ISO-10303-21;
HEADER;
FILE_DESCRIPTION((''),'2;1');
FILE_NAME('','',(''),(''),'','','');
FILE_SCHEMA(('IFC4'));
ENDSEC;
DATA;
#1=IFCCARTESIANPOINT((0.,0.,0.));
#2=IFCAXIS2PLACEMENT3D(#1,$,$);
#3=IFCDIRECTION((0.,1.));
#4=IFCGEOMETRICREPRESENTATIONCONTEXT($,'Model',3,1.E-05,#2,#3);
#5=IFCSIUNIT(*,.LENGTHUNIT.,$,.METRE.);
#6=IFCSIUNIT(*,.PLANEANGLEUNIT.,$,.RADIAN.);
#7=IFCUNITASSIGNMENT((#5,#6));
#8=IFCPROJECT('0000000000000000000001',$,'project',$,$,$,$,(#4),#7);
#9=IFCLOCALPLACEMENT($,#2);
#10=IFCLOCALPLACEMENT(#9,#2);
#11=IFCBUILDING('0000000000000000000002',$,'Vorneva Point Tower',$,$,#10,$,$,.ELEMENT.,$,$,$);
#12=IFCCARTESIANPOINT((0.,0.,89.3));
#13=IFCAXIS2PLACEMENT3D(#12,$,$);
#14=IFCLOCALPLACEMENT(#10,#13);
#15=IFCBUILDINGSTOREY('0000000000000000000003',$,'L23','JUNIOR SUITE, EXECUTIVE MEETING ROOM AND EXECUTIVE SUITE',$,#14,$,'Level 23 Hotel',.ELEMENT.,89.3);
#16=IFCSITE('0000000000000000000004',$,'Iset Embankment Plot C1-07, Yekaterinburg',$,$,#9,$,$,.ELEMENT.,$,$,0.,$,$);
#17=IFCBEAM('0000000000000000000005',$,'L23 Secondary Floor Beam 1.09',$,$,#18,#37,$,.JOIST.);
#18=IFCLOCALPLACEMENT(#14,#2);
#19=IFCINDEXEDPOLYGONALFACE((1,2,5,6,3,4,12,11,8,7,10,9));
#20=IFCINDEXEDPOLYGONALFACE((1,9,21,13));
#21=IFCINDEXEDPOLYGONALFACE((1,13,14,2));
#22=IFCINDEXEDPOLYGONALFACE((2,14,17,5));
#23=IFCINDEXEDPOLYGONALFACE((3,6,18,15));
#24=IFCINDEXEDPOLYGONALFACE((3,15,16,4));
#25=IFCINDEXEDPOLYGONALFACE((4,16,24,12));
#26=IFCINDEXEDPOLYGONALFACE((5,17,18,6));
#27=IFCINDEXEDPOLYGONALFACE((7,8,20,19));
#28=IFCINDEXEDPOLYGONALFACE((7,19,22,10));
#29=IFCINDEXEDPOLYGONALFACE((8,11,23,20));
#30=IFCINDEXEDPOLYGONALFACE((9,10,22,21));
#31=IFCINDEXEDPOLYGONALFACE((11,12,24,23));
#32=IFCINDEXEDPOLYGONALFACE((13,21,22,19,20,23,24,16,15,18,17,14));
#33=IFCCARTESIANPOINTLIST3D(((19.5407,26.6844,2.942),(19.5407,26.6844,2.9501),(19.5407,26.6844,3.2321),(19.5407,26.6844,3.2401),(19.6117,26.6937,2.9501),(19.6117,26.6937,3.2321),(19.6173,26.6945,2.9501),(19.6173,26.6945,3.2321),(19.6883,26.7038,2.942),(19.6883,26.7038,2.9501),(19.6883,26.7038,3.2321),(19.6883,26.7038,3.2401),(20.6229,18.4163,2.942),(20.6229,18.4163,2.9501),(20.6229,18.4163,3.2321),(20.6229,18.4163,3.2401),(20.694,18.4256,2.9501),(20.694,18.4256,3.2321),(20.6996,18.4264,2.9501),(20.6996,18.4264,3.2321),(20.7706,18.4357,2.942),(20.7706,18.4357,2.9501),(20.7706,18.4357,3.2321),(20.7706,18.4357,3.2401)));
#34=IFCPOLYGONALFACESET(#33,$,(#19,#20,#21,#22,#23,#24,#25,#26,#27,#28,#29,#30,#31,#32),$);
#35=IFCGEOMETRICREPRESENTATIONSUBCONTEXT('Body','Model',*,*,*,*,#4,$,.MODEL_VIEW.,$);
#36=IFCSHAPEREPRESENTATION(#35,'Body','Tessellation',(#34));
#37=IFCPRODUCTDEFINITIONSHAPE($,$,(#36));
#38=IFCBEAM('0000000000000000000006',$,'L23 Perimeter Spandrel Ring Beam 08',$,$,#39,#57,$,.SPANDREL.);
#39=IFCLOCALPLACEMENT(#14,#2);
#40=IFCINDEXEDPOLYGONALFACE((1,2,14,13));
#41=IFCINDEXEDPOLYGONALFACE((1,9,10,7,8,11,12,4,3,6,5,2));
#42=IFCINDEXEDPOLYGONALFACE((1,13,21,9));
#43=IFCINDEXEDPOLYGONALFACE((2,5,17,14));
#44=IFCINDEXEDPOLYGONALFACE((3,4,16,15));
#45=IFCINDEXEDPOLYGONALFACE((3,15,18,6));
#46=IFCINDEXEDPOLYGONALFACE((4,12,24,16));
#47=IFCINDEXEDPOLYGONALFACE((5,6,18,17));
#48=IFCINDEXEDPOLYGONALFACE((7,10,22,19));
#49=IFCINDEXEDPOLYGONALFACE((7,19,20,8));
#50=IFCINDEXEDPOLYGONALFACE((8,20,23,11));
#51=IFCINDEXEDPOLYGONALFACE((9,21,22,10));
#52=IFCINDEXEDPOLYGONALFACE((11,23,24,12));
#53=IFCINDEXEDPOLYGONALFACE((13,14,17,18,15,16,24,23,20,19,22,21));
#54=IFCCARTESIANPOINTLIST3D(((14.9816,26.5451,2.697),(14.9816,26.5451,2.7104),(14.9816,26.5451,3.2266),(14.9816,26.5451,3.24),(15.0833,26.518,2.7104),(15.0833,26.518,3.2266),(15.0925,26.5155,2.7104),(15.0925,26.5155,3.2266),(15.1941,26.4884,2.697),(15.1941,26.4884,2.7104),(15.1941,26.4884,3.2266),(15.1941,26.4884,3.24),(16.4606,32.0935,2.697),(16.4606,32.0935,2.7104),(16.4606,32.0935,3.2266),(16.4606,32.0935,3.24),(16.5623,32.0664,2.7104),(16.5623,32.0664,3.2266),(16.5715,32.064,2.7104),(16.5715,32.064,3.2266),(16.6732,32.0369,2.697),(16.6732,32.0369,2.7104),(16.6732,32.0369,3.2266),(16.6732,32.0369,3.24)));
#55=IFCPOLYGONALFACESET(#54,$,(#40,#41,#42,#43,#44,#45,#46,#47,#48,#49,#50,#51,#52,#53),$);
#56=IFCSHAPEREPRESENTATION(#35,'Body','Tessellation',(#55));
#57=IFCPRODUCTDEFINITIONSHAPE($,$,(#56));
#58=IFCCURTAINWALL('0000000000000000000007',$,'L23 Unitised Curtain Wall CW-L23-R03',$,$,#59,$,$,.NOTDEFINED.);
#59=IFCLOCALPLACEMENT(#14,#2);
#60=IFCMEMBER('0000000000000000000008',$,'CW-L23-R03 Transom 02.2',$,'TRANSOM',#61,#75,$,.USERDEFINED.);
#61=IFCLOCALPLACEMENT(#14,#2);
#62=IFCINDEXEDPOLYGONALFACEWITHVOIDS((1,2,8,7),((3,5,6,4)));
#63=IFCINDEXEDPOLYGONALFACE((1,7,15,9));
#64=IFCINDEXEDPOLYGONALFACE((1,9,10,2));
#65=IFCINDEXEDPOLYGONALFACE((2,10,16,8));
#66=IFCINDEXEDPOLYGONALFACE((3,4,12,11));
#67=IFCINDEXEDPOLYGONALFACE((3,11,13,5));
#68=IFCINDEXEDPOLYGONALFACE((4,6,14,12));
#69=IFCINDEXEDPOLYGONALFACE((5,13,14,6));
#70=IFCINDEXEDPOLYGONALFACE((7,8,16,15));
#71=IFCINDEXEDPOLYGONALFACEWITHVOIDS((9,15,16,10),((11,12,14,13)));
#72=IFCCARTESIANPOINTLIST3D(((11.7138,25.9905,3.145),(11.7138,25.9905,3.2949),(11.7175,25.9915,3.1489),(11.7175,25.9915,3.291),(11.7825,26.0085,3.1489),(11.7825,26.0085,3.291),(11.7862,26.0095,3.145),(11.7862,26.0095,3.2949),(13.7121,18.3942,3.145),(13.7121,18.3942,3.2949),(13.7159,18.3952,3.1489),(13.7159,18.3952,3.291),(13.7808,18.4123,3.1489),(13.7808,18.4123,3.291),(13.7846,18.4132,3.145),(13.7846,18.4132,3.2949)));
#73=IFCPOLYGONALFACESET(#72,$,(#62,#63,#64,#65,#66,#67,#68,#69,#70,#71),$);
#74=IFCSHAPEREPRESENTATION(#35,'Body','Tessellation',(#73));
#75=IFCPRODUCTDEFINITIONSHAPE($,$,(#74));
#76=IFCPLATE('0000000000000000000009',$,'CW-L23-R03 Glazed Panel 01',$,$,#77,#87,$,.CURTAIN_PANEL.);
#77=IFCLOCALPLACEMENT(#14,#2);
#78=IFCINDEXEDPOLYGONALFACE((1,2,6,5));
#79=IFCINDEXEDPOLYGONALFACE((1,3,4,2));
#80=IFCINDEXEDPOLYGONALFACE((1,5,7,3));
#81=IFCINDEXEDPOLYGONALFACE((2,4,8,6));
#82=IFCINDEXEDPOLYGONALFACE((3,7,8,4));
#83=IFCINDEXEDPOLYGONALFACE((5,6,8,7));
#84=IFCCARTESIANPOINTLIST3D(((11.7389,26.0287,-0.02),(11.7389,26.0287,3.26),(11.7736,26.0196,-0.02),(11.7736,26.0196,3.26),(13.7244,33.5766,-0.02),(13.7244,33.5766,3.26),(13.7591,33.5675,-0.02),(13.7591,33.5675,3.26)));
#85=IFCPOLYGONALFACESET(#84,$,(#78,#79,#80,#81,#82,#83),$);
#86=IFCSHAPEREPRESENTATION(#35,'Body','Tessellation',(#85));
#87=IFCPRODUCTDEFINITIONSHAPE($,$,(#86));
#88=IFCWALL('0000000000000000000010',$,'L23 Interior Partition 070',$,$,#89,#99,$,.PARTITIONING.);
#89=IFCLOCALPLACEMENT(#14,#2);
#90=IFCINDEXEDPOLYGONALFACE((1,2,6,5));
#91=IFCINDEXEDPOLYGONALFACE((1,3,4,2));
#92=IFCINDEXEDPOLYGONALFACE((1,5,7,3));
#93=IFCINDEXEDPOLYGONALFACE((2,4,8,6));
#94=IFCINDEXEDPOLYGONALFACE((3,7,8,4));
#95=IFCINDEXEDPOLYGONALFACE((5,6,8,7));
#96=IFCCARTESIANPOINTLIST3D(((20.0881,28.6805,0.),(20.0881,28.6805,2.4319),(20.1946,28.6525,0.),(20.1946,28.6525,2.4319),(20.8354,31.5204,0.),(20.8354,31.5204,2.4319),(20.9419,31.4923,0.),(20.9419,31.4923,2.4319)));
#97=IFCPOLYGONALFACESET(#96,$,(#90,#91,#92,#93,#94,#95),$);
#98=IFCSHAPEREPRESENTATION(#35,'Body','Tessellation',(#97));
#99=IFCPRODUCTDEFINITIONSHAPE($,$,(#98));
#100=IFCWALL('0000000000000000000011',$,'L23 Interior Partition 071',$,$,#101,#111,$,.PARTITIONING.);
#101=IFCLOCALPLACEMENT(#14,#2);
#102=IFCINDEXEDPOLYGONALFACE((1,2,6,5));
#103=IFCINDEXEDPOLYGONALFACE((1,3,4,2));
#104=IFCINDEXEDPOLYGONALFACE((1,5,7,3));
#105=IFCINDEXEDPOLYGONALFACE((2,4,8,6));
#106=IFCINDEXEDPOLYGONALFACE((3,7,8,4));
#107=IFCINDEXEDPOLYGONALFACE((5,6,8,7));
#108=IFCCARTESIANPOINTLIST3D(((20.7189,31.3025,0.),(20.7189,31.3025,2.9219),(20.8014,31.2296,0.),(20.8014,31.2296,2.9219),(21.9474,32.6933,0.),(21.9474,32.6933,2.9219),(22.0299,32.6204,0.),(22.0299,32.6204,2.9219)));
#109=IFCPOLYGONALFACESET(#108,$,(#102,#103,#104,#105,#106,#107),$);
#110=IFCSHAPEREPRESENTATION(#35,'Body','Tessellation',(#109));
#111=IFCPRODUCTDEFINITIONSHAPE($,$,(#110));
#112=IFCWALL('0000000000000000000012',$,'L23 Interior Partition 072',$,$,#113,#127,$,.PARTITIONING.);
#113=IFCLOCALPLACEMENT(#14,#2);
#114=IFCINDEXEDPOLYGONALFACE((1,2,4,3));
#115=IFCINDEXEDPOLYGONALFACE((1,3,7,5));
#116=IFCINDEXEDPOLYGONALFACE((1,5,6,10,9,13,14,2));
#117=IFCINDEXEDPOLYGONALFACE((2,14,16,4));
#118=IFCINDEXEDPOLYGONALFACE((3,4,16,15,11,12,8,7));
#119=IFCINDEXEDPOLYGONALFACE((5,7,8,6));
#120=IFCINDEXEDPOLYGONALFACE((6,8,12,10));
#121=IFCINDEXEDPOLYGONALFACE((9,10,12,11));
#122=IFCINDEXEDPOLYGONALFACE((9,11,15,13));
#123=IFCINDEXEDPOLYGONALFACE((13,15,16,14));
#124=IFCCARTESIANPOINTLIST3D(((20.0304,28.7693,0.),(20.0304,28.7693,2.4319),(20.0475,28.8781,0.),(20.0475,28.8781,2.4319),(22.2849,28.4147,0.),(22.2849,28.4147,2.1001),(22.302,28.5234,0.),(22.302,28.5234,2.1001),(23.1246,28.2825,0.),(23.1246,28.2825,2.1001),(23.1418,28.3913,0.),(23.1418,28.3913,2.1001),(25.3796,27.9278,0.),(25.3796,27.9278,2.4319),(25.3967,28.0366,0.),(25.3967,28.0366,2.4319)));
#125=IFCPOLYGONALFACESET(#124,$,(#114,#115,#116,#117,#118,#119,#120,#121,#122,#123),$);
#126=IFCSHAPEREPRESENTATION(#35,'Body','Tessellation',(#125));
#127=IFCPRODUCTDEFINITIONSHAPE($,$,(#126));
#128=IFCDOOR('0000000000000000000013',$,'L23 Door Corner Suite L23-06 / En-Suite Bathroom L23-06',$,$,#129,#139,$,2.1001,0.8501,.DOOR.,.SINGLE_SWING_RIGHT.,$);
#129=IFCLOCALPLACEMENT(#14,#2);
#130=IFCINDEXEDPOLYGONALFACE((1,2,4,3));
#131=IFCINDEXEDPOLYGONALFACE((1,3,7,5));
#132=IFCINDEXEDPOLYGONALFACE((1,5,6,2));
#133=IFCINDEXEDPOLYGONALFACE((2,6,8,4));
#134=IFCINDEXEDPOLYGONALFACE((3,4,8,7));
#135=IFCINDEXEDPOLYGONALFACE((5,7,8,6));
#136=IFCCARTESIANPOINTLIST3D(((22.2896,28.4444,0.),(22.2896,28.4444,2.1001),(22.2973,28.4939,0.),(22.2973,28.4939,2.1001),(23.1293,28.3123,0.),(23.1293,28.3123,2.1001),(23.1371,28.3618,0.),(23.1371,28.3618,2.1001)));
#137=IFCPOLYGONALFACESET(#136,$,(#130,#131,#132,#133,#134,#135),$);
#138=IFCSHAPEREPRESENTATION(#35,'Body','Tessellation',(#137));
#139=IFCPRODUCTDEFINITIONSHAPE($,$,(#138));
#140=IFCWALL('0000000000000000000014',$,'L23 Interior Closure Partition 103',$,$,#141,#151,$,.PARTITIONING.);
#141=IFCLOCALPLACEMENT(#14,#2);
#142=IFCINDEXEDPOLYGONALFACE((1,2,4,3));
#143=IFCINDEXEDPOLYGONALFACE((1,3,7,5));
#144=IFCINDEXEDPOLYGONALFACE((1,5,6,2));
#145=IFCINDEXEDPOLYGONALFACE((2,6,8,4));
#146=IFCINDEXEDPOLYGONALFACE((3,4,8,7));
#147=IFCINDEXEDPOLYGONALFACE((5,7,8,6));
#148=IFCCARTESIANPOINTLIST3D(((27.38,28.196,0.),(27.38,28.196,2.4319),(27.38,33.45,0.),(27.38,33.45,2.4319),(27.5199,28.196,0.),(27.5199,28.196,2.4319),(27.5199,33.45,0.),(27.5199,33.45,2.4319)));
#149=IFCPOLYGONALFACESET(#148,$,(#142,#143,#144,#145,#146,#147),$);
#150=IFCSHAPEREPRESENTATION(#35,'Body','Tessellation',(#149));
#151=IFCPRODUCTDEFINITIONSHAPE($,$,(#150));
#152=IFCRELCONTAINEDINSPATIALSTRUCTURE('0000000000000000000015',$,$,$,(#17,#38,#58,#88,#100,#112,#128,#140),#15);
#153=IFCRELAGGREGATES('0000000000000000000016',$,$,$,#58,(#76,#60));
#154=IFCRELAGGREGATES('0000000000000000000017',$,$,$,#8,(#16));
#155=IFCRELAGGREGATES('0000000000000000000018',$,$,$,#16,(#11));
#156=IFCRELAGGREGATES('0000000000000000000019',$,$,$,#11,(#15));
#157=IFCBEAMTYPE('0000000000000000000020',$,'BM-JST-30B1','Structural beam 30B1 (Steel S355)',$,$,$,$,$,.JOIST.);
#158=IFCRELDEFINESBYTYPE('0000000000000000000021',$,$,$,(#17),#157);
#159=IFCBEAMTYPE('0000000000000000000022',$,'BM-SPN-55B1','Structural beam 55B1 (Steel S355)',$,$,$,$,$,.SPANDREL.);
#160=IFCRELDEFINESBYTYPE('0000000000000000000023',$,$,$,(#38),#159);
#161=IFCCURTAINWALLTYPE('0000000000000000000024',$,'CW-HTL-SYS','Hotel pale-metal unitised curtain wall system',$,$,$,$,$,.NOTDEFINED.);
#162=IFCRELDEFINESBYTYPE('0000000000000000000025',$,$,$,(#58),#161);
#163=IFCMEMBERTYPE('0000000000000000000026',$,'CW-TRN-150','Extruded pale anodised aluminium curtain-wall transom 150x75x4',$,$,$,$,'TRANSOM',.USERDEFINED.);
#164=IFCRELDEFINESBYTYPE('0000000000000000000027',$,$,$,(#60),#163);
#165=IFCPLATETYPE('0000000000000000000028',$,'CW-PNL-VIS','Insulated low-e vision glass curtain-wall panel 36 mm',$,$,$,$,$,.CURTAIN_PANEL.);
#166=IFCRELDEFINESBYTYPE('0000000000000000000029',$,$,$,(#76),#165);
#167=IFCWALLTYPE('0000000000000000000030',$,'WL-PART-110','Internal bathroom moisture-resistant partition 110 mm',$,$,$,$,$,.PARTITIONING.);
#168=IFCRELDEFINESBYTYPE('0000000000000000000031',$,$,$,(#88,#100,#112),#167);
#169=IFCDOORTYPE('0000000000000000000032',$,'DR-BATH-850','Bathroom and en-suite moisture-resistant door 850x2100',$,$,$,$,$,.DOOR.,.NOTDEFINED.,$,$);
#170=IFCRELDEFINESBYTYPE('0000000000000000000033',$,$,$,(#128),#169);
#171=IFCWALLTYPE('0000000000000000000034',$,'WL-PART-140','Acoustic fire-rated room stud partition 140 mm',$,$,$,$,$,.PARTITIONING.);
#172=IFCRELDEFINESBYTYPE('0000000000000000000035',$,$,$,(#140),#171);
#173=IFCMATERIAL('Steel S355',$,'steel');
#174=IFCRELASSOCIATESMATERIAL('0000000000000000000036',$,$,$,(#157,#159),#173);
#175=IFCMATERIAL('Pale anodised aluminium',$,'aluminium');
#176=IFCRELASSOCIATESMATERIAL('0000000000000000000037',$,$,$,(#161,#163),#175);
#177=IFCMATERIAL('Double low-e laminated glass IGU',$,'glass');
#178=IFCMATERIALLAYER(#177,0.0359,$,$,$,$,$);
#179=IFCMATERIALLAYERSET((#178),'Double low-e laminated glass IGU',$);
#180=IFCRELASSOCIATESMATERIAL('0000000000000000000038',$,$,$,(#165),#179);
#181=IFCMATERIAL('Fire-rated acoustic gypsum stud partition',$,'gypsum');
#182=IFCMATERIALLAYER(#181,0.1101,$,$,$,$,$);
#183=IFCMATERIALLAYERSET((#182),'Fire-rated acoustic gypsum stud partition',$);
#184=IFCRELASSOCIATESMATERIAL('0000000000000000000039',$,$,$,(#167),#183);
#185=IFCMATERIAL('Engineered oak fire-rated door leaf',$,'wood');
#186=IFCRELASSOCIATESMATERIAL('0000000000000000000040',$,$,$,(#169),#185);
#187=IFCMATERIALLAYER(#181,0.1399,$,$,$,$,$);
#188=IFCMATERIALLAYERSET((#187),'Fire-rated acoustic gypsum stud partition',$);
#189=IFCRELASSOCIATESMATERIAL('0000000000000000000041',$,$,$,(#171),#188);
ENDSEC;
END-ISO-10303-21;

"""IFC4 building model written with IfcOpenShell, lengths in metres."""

from ifc_helpers import new_model, si_unit, direction, frame, frame_2d, origin, origin_2d, place, context, subcontext, project, spatial, rectangle, hollow_rectangle, i_section, extrude, material, layer, layer_set, material_profile, profile_set, type_object, element, fill, aggregate, save


model = new_model("IFC4")

# Units and contexts
model_context = context("Model", 3, precision=1e-05, world=origin(), true_north=direction((0.0, 1.0)))
body_context = subcontext(model_context, "Body", "Model", "MODEL_VIEW")
ifc_project = project(units=[si_unit("LENGTHUNIT", "METRE"), si_unit("PLANEANGLEUNIT", "RADIAN")], contexts=[model_context])

# Site, building, storey
site_placement = place(None, origin())
site = spatial("IfcSite", under=ifc_project, at=site_placement, Name="Iset Embankment Plot C1-07, Yekaterinburg", CompositionType="ELEMENT", RefElevation=0.0)
building_placement = place(site_placement, origin())
building = spatial("IfcBuilding", under=site, at=building_placement, Name="Vorneva Point Tower", CompositionType="ELEMENT")
storey_placement = place(building_placement, frame((0.0, 0.0, 89.3)))
storey = spatial("IfcBuildingStorey", under=building, at=storey_placement, Name="L23", Description="JUNIOR SUITE, EXECUTIVE MEETING ROOM AND EXECUTIVE SUITE", LongName="Level 23 Hotel", CompositionType="ELEMENT", Elevation=89.3)

# Beams
ifc_material_1 = material(Name="Steel S355", Category="steel")
ifc_material_profile_1 = material_profile(ifc_material_1, i_section(OverallWidth=0.1489, OverallDepth=0.2981, WebThickness=0.0056, FlangeThickness=0.0081, at=origin_2d()), Name="30B1")
ifc_profile_set_1 = profile_set([ifc_material_profile_1], Name="Steel S355")
beam_type_1 = type_object("IfcBeamType", Name="BM-JST-30B1", Description="Structural beam 30B1 (Steel S355)", PredefinedType="JOIST", material=ifc_profile_set_1)
beam_1_placement = place(storey_placement, frame((19.6145, 26.6941, 3.0911), z_axis=(0.129791, -0.991541, 0.0), x_axis=(0.991541, 0.129791, 0.0)))
element("IfcBeam", 1, at=beam_1_placement, inside=storey, type_object=beam_type_1, Name="L23 Secondary Floor Beam 1.09", PredefinedType="JOIST", context=body_context, shape_type="SweptSolid", body=[
    extrude(i_section(OverallWidth=0.1489, OverallDepth=0.2981, WebThickness=0.0056, FlangeThickness=0.0081, at=origin_2d()), origin(), (0.0, 0.0, 1.0), 8.3386),
])
ifc_material_profile_2 = material_profile(ifc_material_1, i_section(OverallWidth=0.22, OverallDepth=0.543, WebThickness=0.0095, FlangeThickness=0.0134, at=origin_2d()), Name="55B1")
ifc_profile_set_2 = profile_set([ifc_material_profile_2], Name="Steel S355")
beam_type_2 = type_object("IfcBeamType", Name="BM-SPN-55B1", Description="Structural beam 55B1 (Steel S355)", PredefinedType="SPANDREL", material=ifc_profile_set_2)
beam_2_placement = place(storey_placement, frame((16.5669, 32.0652, 2.9685), z_axis=(-0.257573, -0.966259, 0.0), x_axis=(0.966259, -0.257573, 0.0)))
element("IfcBeam", 2, at=beam_2_placement, inside=storey, type_object=beam_type_2, Name="L23 Perimeter Spandrel Ring Beam 08", PredefinedType="SPANDREL", context=body_context, shape_type="SweptSolid", body=[
    extrude(i_section(OverallWidth=0.22, OverallDepth=0.543, WebThickness=0.0095, FlangeThickness=0.0134, at=origin_2d()), origin(), (0.0, 0.0, 1.0), 5.7422),
])

# Curtain wall, member, plate
ifc_material_2 = material(Name="Pale anodised aluminium", Category="aluminium")
curtain_wall_type = type_object("IfcCurtainWallType", Name="CW-HTL-SYS", Description="Hotel pale-metal unitised curtain wall system", PredefinedType="NOTDEFINED", material=ifc_material_2)
curtain_wall_placement = place(storey_placement, origin())
curtain_wall = element("IfcCurtainWall", 3, at=curtain_wall_placement, inside=storey, type_object=curtain_wall_type, Name="L23 Unitised Curtain Wall CW-L23-R03", PredefinedType="NOTDEFINED")
ifc_material_profile_3 = material_profile(ifc_material_2, hollow_rectangle(XDim=0.075, YDim=0.1499, WallThickness=0.0039, at=origin_2d()), Name="AL-TRN 150x75x4")
ifc_profile_set_3 = profile_set([ifc_material_profile_3], Name="Pale anodised aluminium")
member_type = type_object("IfcMemberType", Name="CW-TRN-150", Description="Extruded pale anodised aluminium curtain-wall transom 150x75x4", ElementType="TRANSOM", PredefinedType="USERDEFINED", material=ifc_profile_set_3)
member_placement = place(storey_placement, frame((11.75, 26.0, 3.22), z_axis=(0.254409, -0.967097, 0.0), x_axis=(0.967097, 0.254409, 0.0)))
member = element("IfcMember", 4, at=member_placement, type_object=member_type, Name="CW-L23-R03 Transom 02.2", ObjectType="TRANSOM", PredefinedType="USERDEFINED", context=body_context, shape_type="SweptSolid", body=[
    extrude(hollow_rectangle(XDim=0.075, YDim=0.1499, WallThickness=0.0039, at=origin_2d()), origin(), (0.0, 0.0, 1.0), 7.8547),
])
ifc_material_3 = material(Name="Double low-e laminated glass IGU", Category="glass")
ifc_layer_1 = layer(ifc_material_3, 0.0359)
ifc_layer_set_1 = layer_set([ifc_layer_1], Name="Double low-e laminated glass IGU")
plate_type = type_object("IfcPlateType", Name="CW-PNL-VIS", Description="Insulated low-e vision glass curtain-wall panel 36 mm", PredefinedType="CURTAIN_PANEL", material=ifc_layer_set_1)
plate_placement = place(storey_placement, frame((12.749, 29.7981, -0.02), z_axis=(0.0, 0.0, 1.0), x_axis=(-0.254399, -0.967099, 0.0)))
plate = element("IfcPlate", 5, at=plate_placement, type_object=plate_type, Name="CW-L23-R03 Glazed Panel 01", PredefinedType="CURTAIN_PANEL", context=body_context, shape_type="SweptSolid", body=[
    extrude(rectangle(XDim=7.8047, YDim=0.0359, at=origin_2d()), origin(), (0.0, 0.0, 1.0), 3.28),
])
aggregate(curtain_wall, [plate, member])

# Walls
ifc_material_4 = material(Name="Fire-rated acoustic gypsum stud partition", Category="gypsum")
ifc_layer_2 = layer(ifc_material_4, 0.1101)
ifc_layer_set_2 = layer_set([ifc_layer_2], Name="Fire-rated acoustic gypsum stud partition")
wall_type_1 = type_object("IfcWallType", Name="WL-PART-110", Description="Internal bathroom moisture-resistant partition 110 mm", PredefinedType="PARTITIONING", material=ifc_layer_set_2)
wall_1_placement = place(storey_placement, frame((20.1414, 28.6665, 0.0), z_axis=(0.0, 0.0, 1.0), x_axis=(0.254489, 0.967076, 0.0)))
element("IfcWall", 6, at=wall_1_placement, inside=storey, type_object=wall_type_1, Name="L23 Interior Partition 070", PredefinedType="PARTITIONING", context=body_context, shape_type="SweptSolid", body=[
    extrude(rectangle(XDim=2.9365, YDim=0.1101, at=frame_2d((1.4683, 0.0))), origin(), (0.0, 0.0, 1.0), 2.4319),
])
wall_2_placement = place(storey_placement, frame((20.7603, 31.2661, 0.0), z_axis=(0.0, 0.0, 1.0), x_axis=(0.662009, 0.749496, 0.0)))
element("IfcWall", 7, at=wall_2_placement, inside=storey, type_object=wall_type_1, Name="L23 Interior Partition 071", PredefinedType="PARTITIONING", context=body_context, shape_type="SweptSolid", body=[
    extrude(rectangle(XDim=1.8557, YDim=0.1101, at=frame_2d((0.9277, 0.0))), origin(), (0.0, 0.0, 1.0), 2.9219),
])

# Wall, opening, door
wall_3_placement = place(storey_placement, frame((25.3882, 27.9822, 0.0), z_axis=(0.0, 0.0, 1.0), x_axis=(-0.987851, 0.155407, 0.0)))
wall_3 = element("IfcWall", 8, at=wall_3_placement, inside=storey, type_object=wall_type_1, Name="L23 Interior Partition 072", PredefinedType="PARTITIONING", context=body_context, shape_type="SweptSolid", body=[
    extrude(rectangle(XDim=5.415, YDim=0.1101, at=frame_2d((2.7075, 0.0))), origin(), (0.0, 0.0, 1.0), 2.4319),
])
opening_1_placement = place(wall_3_placement, frame((2.2827, 0.0, 0.0)))
opening_1 = element("IfcOpeningElement", 9, at=opening_1_placement, cuts=wall_3, PredefinedType="OPENING", context=body_context, shape_type="SweptSolid", body=[
    extrude(rectangle(XDim=0.8501, YDim=2.1001, at=frame_2d((0.425, 1.05))), frame((0.0, 0.0698, 0.0), z_axis=(0.0, -1.0, 0.0), x_axis=(1.0, 0.0, 0.0)), (0.0, 0.0, 1.0), 0.1399),
])
ifc_material_5 = material(Name="Engineered oak fire-rated door leaf", Category="wood")
door_type_1 = type_object("IfcDoorType", Name="DR-BATH-850", Description="Bathroom and en-suite moisture-resistant door 850x2100", OperationType="NOTDEFINED", PredefinedType="DOOR", material=ifc_material_5)
door_1_placement = place(opening_1_placement, origin())
door_1 = element("IfcDoor", 10, at=door_1_placement, inside=storey, type_object=door_type_1, Name="L23 Door Corner Suite L23-06 / En-Suite Bathroom L23-06", OperationType="SINGLE_SWING_RIGHT", OverallHeight=2.1001, OverallWidth=0.8501, PredefinedType="DOOR", context=body_context, shape_type="SweptSolid", body=[
    extrude(rectangle(XDim=0.8501, YDim=2.1001, at=frame_2d((0.425, 1.05))), frame((0.0, 0.0249, 0.0), z_axis=(0.0, -1.0, 0.0), x_axis=(1.0, 0.0, 0.0)), (0.0, 0.0, 1.0), 0.05),
])
fill(opening_1, door_1)

# Wall
ifc_layer_3 = layer(ifc_material_4, 0.1399)
ifc_layer_set_3 = layer_set([ifc_layer_3], Name="Fire-rated acoustic gypsum stud partition")
wall_type_2 = type_object("IfcWallType", Name="WL-PART-140", Description="Acoustic fire-rated room stud partition 140 mm", PredefinedType="PARTITIONING", material=ifc_layer_set_3)
wall_4_placement = place(storey_placement, frame((27.45, 28.196, 0.0), z_axis=(0.0, 0.0, 1.0), x_axis=(0.0, 1.0, 0.0)))
element("IfcWall", 11, at=wall_4_placement, inside=storey, type_object=wall_type_2, Name="L23 Interior Closure Partition 103", PredefinedType="PARTITIONING", context=body_context, shape_type="SweptSolid", body=[
    extrude(rectangle(XDim=5.2539, YDim=0.1399, at=frame_2d((2.627, 0.0))), origin(), (0.0, 0.0, 1.0), 2.4319),
])

save(model, "model.ifc")
